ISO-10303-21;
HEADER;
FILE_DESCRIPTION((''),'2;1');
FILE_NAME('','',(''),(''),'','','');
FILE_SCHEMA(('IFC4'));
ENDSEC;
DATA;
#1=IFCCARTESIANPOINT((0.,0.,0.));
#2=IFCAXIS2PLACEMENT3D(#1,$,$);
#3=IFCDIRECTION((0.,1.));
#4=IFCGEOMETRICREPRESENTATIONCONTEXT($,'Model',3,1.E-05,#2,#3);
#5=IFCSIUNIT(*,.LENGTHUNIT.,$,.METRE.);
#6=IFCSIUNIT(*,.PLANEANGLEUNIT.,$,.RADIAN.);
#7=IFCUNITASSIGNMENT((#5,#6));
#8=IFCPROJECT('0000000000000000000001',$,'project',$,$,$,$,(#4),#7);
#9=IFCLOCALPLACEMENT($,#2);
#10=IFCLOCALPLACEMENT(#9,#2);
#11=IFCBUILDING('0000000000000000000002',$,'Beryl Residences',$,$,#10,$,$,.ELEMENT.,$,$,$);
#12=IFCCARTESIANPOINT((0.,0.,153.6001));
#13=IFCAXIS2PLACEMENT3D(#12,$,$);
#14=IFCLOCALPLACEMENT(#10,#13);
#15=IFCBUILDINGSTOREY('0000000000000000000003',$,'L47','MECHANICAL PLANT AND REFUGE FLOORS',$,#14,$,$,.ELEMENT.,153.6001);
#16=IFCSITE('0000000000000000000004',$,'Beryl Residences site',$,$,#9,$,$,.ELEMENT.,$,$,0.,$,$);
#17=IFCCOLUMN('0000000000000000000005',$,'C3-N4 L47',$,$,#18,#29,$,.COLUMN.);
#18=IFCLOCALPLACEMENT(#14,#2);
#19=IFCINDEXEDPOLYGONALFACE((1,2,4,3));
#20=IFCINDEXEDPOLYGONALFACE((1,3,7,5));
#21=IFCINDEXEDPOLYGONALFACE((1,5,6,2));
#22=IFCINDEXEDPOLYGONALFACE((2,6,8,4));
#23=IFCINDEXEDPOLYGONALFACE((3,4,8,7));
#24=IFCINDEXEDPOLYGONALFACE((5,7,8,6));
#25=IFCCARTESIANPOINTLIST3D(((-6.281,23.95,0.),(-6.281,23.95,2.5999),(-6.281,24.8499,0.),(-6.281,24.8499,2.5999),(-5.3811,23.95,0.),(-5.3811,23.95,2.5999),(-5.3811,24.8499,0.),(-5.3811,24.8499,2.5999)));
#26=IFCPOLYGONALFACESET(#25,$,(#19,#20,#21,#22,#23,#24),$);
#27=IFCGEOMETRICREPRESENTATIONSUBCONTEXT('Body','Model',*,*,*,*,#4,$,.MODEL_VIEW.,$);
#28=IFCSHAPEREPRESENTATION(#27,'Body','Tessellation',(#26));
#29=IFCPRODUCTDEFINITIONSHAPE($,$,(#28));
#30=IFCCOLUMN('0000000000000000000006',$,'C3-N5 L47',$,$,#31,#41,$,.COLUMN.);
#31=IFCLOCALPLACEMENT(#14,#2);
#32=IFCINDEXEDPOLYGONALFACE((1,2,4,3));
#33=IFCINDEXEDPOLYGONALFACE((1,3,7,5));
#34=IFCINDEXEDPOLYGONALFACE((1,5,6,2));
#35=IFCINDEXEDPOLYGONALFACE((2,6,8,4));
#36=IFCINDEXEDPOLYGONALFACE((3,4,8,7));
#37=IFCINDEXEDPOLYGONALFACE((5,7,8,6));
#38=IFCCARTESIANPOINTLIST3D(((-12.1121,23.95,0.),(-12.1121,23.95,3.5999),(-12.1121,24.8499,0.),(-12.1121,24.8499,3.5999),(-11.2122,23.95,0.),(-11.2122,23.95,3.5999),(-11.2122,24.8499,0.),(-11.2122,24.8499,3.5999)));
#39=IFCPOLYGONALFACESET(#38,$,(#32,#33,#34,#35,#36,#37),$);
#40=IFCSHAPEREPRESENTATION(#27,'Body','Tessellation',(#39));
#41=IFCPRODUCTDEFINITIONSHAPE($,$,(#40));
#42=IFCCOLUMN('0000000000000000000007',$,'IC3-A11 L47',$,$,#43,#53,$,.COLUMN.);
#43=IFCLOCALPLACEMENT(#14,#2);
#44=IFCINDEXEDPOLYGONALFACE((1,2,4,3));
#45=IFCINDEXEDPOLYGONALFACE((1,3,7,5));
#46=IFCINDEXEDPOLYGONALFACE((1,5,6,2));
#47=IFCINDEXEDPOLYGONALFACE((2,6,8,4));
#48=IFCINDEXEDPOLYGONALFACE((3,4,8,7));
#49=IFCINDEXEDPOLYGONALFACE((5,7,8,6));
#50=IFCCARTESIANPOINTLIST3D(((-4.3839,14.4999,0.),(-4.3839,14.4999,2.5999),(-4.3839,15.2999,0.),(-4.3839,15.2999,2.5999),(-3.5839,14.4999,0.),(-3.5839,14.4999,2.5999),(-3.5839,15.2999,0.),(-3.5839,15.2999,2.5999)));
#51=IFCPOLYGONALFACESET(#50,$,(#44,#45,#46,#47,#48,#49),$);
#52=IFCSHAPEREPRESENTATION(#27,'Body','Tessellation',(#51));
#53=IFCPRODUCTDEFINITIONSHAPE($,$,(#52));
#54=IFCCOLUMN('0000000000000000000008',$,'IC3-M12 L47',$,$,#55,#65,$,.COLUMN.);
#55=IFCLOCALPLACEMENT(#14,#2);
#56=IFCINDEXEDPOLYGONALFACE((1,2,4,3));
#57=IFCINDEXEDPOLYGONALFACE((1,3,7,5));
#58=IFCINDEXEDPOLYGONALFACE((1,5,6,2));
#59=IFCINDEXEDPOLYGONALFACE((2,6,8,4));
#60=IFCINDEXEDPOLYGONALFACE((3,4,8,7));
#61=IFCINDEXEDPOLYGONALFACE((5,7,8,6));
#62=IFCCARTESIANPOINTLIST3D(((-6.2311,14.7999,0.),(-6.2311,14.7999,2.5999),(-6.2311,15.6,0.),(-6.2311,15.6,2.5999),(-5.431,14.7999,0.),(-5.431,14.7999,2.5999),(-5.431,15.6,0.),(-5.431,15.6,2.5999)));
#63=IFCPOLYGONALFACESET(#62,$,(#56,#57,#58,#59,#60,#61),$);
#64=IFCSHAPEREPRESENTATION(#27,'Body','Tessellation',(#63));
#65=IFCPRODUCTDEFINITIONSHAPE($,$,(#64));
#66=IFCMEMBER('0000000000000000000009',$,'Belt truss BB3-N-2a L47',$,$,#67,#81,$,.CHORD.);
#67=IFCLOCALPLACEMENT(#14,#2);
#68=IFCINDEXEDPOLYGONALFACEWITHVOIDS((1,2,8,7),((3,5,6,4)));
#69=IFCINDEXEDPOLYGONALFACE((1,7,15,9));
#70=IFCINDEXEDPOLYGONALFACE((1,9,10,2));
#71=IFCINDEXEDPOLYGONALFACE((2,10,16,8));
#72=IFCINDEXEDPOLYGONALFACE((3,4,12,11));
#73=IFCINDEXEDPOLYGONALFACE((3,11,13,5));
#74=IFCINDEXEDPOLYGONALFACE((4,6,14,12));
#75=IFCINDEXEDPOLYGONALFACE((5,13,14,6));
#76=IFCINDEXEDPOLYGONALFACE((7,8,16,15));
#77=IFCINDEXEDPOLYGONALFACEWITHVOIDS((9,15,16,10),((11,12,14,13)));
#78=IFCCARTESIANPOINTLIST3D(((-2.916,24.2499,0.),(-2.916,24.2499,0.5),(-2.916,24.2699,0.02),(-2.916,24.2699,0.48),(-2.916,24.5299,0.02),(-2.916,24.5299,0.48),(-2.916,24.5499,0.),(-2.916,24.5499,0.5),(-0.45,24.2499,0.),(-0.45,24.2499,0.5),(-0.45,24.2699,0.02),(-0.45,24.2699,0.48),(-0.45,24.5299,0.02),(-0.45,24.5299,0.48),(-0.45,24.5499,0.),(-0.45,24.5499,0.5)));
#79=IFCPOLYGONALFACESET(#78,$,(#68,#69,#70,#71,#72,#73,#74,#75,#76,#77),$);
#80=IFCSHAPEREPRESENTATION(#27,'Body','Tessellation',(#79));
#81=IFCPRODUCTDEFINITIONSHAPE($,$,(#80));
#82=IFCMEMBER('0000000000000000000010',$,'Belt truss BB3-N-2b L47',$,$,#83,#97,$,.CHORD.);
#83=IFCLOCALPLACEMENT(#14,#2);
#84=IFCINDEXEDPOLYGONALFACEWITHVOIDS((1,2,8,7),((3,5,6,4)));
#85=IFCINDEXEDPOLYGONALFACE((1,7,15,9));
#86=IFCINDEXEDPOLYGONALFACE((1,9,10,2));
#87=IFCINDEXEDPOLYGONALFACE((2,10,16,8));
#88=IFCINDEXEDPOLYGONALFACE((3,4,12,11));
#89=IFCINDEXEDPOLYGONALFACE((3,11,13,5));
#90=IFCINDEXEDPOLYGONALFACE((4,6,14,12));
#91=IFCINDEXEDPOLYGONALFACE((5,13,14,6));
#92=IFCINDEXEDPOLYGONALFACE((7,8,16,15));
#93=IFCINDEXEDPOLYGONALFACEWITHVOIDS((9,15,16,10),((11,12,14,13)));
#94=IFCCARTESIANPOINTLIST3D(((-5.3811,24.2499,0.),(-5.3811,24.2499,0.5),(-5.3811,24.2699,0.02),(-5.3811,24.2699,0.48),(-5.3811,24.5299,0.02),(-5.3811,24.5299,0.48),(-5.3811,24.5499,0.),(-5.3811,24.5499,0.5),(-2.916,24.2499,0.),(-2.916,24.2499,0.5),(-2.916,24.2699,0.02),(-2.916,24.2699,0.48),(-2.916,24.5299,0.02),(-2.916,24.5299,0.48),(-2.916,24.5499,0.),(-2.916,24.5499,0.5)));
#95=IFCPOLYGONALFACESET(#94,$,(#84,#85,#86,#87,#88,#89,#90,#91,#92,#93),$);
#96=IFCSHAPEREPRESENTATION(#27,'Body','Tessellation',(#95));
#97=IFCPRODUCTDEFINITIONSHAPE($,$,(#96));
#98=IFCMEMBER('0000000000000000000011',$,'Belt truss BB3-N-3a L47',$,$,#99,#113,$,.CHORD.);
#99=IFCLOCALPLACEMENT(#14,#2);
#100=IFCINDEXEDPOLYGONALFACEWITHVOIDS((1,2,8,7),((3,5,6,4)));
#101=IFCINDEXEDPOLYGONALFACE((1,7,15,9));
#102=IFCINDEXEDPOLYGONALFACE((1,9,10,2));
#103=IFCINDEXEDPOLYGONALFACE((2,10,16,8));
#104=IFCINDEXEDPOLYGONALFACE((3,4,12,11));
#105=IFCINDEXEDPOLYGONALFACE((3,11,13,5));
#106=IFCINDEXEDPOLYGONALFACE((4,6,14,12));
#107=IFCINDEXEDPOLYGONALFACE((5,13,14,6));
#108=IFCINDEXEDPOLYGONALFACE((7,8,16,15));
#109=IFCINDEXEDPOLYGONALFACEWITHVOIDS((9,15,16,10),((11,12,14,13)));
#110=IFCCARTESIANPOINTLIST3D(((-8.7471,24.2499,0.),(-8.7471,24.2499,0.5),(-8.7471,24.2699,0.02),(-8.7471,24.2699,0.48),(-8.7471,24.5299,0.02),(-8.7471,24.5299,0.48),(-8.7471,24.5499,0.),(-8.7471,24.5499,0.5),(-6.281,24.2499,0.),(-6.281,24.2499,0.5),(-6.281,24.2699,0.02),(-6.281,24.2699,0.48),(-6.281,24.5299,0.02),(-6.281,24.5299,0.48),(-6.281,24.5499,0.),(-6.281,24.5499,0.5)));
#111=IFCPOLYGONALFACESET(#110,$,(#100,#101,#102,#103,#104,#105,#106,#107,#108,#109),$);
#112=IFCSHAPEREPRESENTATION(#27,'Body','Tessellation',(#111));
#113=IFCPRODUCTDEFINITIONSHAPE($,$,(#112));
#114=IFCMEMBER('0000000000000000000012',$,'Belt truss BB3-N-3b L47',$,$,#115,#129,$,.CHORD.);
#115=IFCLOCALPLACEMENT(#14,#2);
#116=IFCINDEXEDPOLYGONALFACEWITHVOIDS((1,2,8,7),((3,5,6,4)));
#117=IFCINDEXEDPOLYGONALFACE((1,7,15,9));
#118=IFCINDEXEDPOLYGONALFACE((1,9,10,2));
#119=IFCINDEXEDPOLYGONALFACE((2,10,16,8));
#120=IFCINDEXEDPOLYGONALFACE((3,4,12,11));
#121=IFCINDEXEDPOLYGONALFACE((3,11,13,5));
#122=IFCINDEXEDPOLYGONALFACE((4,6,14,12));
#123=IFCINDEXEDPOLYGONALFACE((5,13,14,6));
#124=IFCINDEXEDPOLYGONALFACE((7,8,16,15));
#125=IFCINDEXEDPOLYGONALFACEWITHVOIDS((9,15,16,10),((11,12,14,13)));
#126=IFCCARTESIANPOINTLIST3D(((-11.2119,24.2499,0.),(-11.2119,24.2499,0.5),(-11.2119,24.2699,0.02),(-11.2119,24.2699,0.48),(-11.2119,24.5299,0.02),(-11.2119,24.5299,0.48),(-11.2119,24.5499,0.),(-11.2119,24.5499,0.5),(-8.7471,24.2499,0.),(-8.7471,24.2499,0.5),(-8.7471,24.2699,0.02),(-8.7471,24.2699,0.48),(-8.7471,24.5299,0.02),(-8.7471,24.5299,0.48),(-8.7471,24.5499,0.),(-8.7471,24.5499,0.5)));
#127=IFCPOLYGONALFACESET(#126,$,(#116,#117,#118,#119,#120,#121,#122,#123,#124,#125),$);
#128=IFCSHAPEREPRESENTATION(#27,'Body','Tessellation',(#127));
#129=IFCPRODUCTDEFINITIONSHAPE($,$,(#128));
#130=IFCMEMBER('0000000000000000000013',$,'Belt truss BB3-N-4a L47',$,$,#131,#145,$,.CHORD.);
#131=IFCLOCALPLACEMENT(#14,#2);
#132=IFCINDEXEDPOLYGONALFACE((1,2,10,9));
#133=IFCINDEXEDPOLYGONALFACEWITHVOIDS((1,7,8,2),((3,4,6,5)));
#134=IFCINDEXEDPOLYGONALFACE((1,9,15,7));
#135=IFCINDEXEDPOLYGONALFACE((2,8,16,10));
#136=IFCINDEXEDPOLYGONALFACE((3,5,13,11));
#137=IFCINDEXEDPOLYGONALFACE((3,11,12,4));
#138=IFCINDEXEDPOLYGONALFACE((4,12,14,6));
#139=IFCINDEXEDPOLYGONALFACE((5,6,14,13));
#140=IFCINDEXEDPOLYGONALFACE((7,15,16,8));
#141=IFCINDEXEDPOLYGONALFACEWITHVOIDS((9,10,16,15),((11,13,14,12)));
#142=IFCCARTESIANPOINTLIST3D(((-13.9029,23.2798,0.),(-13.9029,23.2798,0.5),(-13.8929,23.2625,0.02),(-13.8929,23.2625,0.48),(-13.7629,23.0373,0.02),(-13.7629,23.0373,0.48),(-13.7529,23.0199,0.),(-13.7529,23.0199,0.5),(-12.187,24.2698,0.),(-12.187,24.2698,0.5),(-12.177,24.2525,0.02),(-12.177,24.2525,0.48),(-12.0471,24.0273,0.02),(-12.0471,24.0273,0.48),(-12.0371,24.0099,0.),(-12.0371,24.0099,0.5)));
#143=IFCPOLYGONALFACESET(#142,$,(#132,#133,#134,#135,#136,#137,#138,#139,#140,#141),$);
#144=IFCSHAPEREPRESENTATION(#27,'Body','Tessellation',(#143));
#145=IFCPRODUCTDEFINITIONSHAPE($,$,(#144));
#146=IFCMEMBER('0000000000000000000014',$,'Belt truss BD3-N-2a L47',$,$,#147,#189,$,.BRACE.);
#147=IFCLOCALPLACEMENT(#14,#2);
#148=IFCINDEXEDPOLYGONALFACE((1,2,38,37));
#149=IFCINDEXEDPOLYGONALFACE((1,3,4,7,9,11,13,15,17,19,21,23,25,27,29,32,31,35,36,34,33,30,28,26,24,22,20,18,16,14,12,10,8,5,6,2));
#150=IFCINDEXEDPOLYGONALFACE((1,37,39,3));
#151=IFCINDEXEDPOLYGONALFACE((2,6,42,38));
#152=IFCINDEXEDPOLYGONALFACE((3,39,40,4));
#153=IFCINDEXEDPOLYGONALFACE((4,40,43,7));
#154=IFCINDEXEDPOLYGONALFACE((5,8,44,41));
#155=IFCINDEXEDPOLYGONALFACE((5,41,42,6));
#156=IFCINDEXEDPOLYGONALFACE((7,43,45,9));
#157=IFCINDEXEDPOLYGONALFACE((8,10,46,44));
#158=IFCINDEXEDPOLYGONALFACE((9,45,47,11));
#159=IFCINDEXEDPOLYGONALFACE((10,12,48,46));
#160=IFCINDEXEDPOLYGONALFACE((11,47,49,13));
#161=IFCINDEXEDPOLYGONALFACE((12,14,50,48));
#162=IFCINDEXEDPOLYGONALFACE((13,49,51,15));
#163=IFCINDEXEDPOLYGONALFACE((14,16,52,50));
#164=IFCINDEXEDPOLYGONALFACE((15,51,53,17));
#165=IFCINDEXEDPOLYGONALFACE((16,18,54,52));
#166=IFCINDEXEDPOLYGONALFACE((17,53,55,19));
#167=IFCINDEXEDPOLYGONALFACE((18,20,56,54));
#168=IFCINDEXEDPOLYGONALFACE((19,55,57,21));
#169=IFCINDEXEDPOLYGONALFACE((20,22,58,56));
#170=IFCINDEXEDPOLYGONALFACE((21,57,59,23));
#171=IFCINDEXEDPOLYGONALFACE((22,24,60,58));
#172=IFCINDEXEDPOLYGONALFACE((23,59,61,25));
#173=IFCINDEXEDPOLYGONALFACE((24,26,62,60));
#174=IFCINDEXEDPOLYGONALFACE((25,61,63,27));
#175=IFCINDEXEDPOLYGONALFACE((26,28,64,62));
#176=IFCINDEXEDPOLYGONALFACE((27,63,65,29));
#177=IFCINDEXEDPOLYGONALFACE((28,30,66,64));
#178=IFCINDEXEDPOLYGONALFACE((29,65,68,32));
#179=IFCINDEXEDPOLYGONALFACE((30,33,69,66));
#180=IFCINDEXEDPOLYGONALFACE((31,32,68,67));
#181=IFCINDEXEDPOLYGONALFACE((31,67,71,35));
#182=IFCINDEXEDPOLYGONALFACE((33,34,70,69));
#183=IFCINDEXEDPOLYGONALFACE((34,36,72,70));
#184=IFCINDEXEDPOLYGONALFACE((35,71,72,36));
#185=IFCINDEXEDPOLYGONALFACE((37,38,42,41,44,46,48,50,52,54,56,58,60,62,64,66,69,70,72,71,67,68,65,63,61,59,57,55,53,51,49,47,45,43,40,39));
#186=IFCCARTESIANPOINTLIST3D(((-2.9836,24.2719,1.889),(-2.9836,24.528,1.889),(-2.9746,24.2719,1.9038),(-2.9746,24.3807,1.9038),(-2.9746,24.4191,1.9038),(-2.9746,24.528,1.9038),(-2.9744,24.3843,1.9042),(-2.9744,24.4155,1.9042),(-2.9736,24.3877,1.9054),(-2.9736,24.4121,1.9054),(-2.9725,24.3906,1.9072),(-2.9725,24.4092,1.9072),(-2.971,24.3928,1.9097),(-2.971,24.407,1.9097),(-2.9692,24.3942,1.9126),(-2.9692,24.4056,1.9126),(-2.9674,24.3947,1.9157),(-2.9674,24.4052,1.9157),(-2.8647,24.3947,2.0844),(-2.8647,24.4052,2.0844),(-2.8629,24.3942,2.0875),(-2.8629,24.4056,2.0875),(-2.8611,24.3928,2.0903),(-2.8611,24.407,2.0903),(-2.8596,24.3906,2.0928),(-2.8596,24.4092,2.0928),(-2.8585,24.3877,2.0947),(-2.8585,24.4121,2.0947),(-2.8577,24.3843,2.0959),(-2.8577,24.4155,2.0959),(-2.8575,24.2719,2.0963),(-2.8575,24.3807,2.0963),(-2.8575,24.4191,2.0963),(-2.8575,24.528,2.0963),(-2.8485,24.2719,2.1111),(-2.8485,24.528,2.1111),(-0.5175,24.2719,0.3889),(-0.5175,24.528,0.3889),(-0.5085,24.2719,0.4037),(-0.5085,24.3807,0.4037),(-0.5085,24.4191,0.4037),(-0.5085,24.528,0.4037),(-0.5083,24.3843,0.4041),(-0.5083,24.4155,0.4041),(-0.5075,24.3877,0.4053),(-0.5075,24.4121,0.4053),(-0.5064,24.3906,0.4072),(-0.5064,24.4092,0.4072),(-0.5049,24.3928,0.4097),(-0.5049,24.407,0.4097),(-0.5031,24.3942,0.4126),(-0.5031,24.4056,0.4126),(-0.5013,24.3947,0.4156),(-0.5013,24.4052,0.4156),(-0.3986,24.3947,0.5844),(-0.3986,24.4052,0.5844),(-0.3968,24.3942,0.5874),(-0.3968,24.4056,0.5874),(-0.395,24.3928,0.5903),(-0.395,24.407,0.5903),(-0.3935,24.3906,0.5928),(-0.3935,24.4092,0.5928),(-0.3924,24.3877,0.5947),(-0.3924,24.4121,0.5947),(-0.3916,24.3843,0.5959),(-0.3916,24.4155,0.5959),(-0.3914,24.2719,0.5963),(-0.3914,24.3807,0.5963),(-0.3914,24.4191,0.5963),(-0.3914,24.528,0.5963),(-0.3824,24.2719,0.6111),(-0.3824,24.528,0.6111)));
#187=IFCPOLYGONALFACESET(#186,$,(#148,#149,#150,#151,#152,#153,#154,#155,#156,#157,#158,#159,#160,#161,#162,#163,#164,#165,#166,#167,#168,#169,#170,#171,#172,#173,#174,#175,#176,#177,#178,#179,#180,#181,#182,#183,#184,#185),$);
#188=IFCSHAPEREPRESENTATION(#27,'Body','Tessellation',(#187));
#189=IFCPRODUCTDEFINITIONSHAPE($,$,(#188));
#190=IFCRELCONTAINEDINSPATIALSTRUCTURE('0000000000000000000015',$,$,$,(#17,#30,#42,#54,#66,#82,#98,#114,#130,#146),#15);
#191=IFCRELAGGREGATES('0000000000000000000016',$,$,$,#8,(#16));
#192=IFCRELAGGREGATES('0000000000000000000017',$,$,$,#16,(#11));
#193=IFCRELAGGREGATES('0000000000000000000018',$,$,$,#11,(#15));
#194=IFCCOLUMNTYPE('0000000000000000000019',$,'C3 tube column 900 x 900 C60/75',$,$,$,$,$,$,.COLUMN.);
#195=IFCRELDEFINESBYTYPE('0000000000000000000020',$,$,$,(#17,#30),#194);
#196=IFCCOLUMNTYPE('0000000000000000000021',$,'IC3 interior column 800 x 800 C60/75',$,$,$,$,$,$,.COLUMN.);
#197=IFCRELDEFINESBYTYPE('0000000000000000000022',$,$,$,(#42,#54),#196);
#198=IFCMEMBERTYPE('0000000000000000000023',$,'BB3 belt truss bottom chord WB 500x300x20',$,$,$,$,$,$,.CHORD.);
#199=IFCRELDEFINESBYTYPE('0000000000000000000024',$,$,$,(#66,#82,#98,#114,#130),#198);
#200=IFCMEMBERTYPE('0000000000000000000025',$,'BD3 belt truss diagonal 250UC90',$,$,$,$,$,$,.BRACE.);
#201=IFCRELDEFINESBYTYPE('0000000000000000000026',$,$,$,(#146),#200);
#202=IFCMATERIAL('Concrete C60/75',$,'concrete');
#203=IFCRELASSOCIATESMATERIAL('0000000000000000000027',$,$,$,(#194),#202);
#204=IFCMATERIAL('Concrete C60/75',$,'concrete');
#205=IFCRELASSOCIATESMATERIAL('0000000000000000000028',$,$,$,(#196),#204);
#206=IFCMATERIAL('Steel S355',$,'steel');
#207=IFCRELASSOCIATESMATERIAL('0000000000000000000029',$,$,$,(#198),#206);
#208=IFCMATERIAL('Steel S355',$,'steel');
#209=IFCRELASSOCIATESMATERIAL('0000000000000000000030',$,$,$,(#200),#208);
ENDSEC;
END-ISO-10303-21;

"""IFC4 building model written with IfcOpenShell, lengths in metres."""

from ifc_helpers import new_model, si_unit, direction, frame, origin, origin_2d, place, context, subcontext, project, spatial, rectangle, hollow_rectangle, i_section, extrude, material, material_profile, profile_set, type_object, element, save


model = new_model("IFC4")

# Units and contexts
model_context = context("Model", 3, precision=1e-05, world=origin(), true_north=direction((0.0, 1.0)))
body_context = subcontext(model_context, "Body", "Model", "MODEL_VIEW")
ifc_project = project(units=[si_unit("LENGTHUNIT", "METRE"), si_unit("PLANEANGLEUNIT", "RADIAN")], contexts=[model_context])

# Site, building, storey
site_placement = place(None, origin())
site = spatial("IfcSite", under=ifc_project, at=site_placement, Name="Beryl Residences site", CompositionType="ELEMENT", RefElevation=0.0)
building_placement = place(site_placement, origin())
building = spatial("IfcBuilding", under=site, at=building_placement, Name="Beryl Residences", CompositionType="ELEMENT")
storey_placement = place(building_placement, frame((0.0, 0.0, 153.6001)))
storey = spatial("IfcBuildingStorey", under=building, at=storey_placement, Name="L47", Description="MECHANICAL PLANT AND REFUGE FLOORS", CompositionType="ELEMENT", Elevation=153.6001)

# Columns
ifc_material_1 = material(Name="Concrete C60/75", Category="concrete")
ifc_material_profile_1 = material_profile(ifc_material_1, rectangle(XDim=0.8999, YDim=0.8999, at=origin_2d()))
ifc_profile_set_1 = profile_set([ifc_material_profile_1], Name="Concrete C60/75")
column_type_1 = type_object("IfcColumnType", Name="C3 tube column 900 x 900 C60/75", PredefinedType="COLUMN", material=ifc_profile_set_1)
column_1_placement = place(storey_placement, frame((-5.8311, 24.3999, 0.0), z_axis=(0.0, 0.0, 1.0), x_axis=(-1.0, 0.0, 0.0)))
element("IfcColumn", 1, at=column_1_placement, inside=storey, type_object=column_type_1, Name="C3-N4 L47", PredefinedType="COLUMN", context=body_context, shape_type="SweptSolid", body=[
    extrude(rectangle(XDim=0.8999, YDim=0.8999, at=origin_2d()), origin(), (0.0, 0.0, 1.0), 2.5999),
])
column_2_placement = place(storey_placement, frame((-11.6621, 24.3999, 0.0), z_axis=(0.0, 0.0, 1.0), x_axis=(-1.0, 0.0, 0.0)))
element("IfcColumn", 2, at=column_2_placement, inside=storey, type_object=column_type_1, Name="C3-N5 L47", PredefinedType="COLUMN", context=body_context, shape_type="SweptSolid", body=[
    extrude(rectangle(XDim=0.8999, YDim=0.8999, at=origin_2d()), origin(), (0.0, 0.0, 1.0), 3.5999),
])
ifc_material_2 = material(Name="Concrete C60/75", Category="concrete")
ifc_material_profile_2 = material_profile(ifc_material_2, rectangle(XDim=0.8, YDim=0.8, at=origin_2d()))
ifc_profile_set_2 = profile_set([ifc_material_profile_2], Name="Concrete C60/75")
column_type_2 = type_object("IfcColumnType", Name="IC3 interior column 800 x 800 C60/75", PredefinedType="COLUMN", material=ifc_profile_set_2)
for number, where, z_axis, x_axis, name in (
    (3, (-3.9839, 14.8999, 0.0), (0.0, 0.0, 1.0), (1.0, 0.0, 0.0), "IC3-A11 L47"),
    (4, (-5.8311, 15.2, 0.0), (0.0, 0.0, 1.0), (-1.0, 0.0, 0.0), "IC3-M12 L47"),
):
    element("IfcColumn", number, at=place(storey_placement, frame(where, z_axis=z_axis, x_axis=x_axis)), inside=storey, type_object=column_type_2, Name=name, PredefinedType="COLUMN", context=body_context, shape_type="SweptSolid", body=[
        extrude(rectangle(XDim=0.8, YDim=0.8, at=origin_2d()), origin(), (0.0, 0.0, 1.0), 2.5999),
    ])

# Members
ifc_material_3 = material(Name="Steel S355", Category="steel")
ifc_material_profile_3 = material_profile(ifc_material_3, hollow_rectangle(XDim=0.3, YDim=0.5, WallThickness=0.02, at=origin_2d()))
ifc_profile_set_3 = profile_set([ifc_material_profile_3], Name="Steel S355")
member_type_1 = type_object("IfcMemberType", Name="BB3 belt truss bottom chord WB 500x300x20", PredefinedType="CHORD", material=ifc_profile_set_3)
member_1_placement = place(storey_placement, frame((-0.45, 24.3999, 0.25), z_axis=(-1.0, 0.0, 0.0), x_axis=(0.0, -1.0, 0.0)))
element("IfcMember", 5, at=member_1_placement, inside=storey, type_object=member_type_1, Name="Belt truss BB3-N-2a L47", PredefinedType="CHORD", context=body_context, shape_type="SweptSolid", body=[
    extrude(hollow_rectangle(XDim=0.3, YDim=0.5, WallThickness=0.02, at=origin_2d()), origin(), (0.0, 0.0, 1.0), 2.4661),
])
member_2_placement = place(storey_placement, frame((-2.916, 24.3999, 0.25), z_axis=(-1.0, 0.0, 0.0), x_axis=(0.0, -1.0, 0.0)))
element("IfcMember", 6, at=member_2_placement, inside=storey, type_object=member_type_1, Name="Belt truss BB3-N-2b L47", PredefinedType="CHORD", context=body_context, shape_type="SweptSolid", body=[
    extrude(hollow_rectangle(XDim=0.3, YDim=0.5, WallThickness=0.02, at=origin_2d()), origin(), (0.0, 0.0, 1.0), 2.4651),
])
member_3_placement = place(storey_placement, frame((-6.281, 24.3999, 0.25), z_axis=(-1.0, 0.0, 0.0), x_axis=(0.0, -1.0, 0.0)))
element("IfcMember", 7, at=member_3_placement, inside=storey, type_object=member_type_1, Name="Belt truss BB3-N-3a L47", PredefinedType="CHORD", context=body_context, shape_type="SweptSolid", body=[
    extrude(hollow_rectangle(XDim=0.3, YDim=0.5, WallThickness=0.02, at=origin_2d()), origin(), (0.0, 0.0, 1.0), 2.4661),
])
member_4_placement = place(storey_placement, frame((-8.7471, 24.3999, 0.25), z_axis=(-1.0, 0.0, 0.0), x_axis=(0.0, -1.0, 0.0)))
element("IfcMember", 8, at=member_4_placement, inside=storey, type_object=member_type_1, Name="Belt truss BB3-N-3b L47", PredefinedType="CHORD", context=body_context, shape_type="SweptSolid", body=[
    extrude(hollow_rectangle(XDim=0.3, YDim=0.5, WallThickness=0.02, at=origin_2d()), origin(), (0.0, 0.0, 1.0), 2.4648),
])
member_5_placement = place(storey_placement, frame((-12.1121, 24.1399, 0.25), z_axis=(-0.866165, -0.499758, 0.0), x_axis=(0.499758, -0.866165, 0.0)))
element("IfcMember", 9, at=member_5_placement, inside=storey, type_object=member_type_1, Name="Belt truss BB3-N-4a L47", PredefinedType="CHORD", context=body_context, shape_type="SweptSolid", body=[
    extrude(hollow_rectangle(XDim=0.3, YDim=0.5, WallThickness=0.02, at=origin_2d()), origin(), (0.0, 0.0, 1.0), 1.981),
])
ifc_material_4 = material(Name="Steel S355", Category="steel")
ifc_material_profile_4 = material_profile(ifc_material_4, i_section(OverallWidth=0.2561, OverallDepth=0.26, WebThickness=0.0105, FlangeThickness=0.0173, FilletRadius=0.0139, at=origin_2d()))
ifc_profile_set_4 = profile_set([ifc_material_profile_4], Name="Steel S355")
member_type_2 = type_object("IfcMemberType", Name="BD3 belt truss diagonal 250UC90", PredefinedType="BRACE", material=ifc_profile_set_4)
member_6_placement = place(storey_placement, frame((-0.45, 24.3999, 0.5), z_axis=(-0.854365, 0.0, 0.519673), x_axis=(0.0, -1.0, 0.0)))
element("IfcMember", 10, at=member_6_placement, inside=storey, type_object=member_type_2, Name="Belt truss BD3-N-2a L47", PredefinedType="BRACE", context=body_context, shape_type="SweptSolid", body=[
    extrude(i_section(OverallWidth=0.2561, OverallDepth=0.26, WebThickness=0.0105, FlangeThickness=0.0173, FilletRadius=0.0139, at=origin_2d()), origin(), (0.0, 0.0, 1.0), 2.8865),
])

save(model, "model.ifc")
